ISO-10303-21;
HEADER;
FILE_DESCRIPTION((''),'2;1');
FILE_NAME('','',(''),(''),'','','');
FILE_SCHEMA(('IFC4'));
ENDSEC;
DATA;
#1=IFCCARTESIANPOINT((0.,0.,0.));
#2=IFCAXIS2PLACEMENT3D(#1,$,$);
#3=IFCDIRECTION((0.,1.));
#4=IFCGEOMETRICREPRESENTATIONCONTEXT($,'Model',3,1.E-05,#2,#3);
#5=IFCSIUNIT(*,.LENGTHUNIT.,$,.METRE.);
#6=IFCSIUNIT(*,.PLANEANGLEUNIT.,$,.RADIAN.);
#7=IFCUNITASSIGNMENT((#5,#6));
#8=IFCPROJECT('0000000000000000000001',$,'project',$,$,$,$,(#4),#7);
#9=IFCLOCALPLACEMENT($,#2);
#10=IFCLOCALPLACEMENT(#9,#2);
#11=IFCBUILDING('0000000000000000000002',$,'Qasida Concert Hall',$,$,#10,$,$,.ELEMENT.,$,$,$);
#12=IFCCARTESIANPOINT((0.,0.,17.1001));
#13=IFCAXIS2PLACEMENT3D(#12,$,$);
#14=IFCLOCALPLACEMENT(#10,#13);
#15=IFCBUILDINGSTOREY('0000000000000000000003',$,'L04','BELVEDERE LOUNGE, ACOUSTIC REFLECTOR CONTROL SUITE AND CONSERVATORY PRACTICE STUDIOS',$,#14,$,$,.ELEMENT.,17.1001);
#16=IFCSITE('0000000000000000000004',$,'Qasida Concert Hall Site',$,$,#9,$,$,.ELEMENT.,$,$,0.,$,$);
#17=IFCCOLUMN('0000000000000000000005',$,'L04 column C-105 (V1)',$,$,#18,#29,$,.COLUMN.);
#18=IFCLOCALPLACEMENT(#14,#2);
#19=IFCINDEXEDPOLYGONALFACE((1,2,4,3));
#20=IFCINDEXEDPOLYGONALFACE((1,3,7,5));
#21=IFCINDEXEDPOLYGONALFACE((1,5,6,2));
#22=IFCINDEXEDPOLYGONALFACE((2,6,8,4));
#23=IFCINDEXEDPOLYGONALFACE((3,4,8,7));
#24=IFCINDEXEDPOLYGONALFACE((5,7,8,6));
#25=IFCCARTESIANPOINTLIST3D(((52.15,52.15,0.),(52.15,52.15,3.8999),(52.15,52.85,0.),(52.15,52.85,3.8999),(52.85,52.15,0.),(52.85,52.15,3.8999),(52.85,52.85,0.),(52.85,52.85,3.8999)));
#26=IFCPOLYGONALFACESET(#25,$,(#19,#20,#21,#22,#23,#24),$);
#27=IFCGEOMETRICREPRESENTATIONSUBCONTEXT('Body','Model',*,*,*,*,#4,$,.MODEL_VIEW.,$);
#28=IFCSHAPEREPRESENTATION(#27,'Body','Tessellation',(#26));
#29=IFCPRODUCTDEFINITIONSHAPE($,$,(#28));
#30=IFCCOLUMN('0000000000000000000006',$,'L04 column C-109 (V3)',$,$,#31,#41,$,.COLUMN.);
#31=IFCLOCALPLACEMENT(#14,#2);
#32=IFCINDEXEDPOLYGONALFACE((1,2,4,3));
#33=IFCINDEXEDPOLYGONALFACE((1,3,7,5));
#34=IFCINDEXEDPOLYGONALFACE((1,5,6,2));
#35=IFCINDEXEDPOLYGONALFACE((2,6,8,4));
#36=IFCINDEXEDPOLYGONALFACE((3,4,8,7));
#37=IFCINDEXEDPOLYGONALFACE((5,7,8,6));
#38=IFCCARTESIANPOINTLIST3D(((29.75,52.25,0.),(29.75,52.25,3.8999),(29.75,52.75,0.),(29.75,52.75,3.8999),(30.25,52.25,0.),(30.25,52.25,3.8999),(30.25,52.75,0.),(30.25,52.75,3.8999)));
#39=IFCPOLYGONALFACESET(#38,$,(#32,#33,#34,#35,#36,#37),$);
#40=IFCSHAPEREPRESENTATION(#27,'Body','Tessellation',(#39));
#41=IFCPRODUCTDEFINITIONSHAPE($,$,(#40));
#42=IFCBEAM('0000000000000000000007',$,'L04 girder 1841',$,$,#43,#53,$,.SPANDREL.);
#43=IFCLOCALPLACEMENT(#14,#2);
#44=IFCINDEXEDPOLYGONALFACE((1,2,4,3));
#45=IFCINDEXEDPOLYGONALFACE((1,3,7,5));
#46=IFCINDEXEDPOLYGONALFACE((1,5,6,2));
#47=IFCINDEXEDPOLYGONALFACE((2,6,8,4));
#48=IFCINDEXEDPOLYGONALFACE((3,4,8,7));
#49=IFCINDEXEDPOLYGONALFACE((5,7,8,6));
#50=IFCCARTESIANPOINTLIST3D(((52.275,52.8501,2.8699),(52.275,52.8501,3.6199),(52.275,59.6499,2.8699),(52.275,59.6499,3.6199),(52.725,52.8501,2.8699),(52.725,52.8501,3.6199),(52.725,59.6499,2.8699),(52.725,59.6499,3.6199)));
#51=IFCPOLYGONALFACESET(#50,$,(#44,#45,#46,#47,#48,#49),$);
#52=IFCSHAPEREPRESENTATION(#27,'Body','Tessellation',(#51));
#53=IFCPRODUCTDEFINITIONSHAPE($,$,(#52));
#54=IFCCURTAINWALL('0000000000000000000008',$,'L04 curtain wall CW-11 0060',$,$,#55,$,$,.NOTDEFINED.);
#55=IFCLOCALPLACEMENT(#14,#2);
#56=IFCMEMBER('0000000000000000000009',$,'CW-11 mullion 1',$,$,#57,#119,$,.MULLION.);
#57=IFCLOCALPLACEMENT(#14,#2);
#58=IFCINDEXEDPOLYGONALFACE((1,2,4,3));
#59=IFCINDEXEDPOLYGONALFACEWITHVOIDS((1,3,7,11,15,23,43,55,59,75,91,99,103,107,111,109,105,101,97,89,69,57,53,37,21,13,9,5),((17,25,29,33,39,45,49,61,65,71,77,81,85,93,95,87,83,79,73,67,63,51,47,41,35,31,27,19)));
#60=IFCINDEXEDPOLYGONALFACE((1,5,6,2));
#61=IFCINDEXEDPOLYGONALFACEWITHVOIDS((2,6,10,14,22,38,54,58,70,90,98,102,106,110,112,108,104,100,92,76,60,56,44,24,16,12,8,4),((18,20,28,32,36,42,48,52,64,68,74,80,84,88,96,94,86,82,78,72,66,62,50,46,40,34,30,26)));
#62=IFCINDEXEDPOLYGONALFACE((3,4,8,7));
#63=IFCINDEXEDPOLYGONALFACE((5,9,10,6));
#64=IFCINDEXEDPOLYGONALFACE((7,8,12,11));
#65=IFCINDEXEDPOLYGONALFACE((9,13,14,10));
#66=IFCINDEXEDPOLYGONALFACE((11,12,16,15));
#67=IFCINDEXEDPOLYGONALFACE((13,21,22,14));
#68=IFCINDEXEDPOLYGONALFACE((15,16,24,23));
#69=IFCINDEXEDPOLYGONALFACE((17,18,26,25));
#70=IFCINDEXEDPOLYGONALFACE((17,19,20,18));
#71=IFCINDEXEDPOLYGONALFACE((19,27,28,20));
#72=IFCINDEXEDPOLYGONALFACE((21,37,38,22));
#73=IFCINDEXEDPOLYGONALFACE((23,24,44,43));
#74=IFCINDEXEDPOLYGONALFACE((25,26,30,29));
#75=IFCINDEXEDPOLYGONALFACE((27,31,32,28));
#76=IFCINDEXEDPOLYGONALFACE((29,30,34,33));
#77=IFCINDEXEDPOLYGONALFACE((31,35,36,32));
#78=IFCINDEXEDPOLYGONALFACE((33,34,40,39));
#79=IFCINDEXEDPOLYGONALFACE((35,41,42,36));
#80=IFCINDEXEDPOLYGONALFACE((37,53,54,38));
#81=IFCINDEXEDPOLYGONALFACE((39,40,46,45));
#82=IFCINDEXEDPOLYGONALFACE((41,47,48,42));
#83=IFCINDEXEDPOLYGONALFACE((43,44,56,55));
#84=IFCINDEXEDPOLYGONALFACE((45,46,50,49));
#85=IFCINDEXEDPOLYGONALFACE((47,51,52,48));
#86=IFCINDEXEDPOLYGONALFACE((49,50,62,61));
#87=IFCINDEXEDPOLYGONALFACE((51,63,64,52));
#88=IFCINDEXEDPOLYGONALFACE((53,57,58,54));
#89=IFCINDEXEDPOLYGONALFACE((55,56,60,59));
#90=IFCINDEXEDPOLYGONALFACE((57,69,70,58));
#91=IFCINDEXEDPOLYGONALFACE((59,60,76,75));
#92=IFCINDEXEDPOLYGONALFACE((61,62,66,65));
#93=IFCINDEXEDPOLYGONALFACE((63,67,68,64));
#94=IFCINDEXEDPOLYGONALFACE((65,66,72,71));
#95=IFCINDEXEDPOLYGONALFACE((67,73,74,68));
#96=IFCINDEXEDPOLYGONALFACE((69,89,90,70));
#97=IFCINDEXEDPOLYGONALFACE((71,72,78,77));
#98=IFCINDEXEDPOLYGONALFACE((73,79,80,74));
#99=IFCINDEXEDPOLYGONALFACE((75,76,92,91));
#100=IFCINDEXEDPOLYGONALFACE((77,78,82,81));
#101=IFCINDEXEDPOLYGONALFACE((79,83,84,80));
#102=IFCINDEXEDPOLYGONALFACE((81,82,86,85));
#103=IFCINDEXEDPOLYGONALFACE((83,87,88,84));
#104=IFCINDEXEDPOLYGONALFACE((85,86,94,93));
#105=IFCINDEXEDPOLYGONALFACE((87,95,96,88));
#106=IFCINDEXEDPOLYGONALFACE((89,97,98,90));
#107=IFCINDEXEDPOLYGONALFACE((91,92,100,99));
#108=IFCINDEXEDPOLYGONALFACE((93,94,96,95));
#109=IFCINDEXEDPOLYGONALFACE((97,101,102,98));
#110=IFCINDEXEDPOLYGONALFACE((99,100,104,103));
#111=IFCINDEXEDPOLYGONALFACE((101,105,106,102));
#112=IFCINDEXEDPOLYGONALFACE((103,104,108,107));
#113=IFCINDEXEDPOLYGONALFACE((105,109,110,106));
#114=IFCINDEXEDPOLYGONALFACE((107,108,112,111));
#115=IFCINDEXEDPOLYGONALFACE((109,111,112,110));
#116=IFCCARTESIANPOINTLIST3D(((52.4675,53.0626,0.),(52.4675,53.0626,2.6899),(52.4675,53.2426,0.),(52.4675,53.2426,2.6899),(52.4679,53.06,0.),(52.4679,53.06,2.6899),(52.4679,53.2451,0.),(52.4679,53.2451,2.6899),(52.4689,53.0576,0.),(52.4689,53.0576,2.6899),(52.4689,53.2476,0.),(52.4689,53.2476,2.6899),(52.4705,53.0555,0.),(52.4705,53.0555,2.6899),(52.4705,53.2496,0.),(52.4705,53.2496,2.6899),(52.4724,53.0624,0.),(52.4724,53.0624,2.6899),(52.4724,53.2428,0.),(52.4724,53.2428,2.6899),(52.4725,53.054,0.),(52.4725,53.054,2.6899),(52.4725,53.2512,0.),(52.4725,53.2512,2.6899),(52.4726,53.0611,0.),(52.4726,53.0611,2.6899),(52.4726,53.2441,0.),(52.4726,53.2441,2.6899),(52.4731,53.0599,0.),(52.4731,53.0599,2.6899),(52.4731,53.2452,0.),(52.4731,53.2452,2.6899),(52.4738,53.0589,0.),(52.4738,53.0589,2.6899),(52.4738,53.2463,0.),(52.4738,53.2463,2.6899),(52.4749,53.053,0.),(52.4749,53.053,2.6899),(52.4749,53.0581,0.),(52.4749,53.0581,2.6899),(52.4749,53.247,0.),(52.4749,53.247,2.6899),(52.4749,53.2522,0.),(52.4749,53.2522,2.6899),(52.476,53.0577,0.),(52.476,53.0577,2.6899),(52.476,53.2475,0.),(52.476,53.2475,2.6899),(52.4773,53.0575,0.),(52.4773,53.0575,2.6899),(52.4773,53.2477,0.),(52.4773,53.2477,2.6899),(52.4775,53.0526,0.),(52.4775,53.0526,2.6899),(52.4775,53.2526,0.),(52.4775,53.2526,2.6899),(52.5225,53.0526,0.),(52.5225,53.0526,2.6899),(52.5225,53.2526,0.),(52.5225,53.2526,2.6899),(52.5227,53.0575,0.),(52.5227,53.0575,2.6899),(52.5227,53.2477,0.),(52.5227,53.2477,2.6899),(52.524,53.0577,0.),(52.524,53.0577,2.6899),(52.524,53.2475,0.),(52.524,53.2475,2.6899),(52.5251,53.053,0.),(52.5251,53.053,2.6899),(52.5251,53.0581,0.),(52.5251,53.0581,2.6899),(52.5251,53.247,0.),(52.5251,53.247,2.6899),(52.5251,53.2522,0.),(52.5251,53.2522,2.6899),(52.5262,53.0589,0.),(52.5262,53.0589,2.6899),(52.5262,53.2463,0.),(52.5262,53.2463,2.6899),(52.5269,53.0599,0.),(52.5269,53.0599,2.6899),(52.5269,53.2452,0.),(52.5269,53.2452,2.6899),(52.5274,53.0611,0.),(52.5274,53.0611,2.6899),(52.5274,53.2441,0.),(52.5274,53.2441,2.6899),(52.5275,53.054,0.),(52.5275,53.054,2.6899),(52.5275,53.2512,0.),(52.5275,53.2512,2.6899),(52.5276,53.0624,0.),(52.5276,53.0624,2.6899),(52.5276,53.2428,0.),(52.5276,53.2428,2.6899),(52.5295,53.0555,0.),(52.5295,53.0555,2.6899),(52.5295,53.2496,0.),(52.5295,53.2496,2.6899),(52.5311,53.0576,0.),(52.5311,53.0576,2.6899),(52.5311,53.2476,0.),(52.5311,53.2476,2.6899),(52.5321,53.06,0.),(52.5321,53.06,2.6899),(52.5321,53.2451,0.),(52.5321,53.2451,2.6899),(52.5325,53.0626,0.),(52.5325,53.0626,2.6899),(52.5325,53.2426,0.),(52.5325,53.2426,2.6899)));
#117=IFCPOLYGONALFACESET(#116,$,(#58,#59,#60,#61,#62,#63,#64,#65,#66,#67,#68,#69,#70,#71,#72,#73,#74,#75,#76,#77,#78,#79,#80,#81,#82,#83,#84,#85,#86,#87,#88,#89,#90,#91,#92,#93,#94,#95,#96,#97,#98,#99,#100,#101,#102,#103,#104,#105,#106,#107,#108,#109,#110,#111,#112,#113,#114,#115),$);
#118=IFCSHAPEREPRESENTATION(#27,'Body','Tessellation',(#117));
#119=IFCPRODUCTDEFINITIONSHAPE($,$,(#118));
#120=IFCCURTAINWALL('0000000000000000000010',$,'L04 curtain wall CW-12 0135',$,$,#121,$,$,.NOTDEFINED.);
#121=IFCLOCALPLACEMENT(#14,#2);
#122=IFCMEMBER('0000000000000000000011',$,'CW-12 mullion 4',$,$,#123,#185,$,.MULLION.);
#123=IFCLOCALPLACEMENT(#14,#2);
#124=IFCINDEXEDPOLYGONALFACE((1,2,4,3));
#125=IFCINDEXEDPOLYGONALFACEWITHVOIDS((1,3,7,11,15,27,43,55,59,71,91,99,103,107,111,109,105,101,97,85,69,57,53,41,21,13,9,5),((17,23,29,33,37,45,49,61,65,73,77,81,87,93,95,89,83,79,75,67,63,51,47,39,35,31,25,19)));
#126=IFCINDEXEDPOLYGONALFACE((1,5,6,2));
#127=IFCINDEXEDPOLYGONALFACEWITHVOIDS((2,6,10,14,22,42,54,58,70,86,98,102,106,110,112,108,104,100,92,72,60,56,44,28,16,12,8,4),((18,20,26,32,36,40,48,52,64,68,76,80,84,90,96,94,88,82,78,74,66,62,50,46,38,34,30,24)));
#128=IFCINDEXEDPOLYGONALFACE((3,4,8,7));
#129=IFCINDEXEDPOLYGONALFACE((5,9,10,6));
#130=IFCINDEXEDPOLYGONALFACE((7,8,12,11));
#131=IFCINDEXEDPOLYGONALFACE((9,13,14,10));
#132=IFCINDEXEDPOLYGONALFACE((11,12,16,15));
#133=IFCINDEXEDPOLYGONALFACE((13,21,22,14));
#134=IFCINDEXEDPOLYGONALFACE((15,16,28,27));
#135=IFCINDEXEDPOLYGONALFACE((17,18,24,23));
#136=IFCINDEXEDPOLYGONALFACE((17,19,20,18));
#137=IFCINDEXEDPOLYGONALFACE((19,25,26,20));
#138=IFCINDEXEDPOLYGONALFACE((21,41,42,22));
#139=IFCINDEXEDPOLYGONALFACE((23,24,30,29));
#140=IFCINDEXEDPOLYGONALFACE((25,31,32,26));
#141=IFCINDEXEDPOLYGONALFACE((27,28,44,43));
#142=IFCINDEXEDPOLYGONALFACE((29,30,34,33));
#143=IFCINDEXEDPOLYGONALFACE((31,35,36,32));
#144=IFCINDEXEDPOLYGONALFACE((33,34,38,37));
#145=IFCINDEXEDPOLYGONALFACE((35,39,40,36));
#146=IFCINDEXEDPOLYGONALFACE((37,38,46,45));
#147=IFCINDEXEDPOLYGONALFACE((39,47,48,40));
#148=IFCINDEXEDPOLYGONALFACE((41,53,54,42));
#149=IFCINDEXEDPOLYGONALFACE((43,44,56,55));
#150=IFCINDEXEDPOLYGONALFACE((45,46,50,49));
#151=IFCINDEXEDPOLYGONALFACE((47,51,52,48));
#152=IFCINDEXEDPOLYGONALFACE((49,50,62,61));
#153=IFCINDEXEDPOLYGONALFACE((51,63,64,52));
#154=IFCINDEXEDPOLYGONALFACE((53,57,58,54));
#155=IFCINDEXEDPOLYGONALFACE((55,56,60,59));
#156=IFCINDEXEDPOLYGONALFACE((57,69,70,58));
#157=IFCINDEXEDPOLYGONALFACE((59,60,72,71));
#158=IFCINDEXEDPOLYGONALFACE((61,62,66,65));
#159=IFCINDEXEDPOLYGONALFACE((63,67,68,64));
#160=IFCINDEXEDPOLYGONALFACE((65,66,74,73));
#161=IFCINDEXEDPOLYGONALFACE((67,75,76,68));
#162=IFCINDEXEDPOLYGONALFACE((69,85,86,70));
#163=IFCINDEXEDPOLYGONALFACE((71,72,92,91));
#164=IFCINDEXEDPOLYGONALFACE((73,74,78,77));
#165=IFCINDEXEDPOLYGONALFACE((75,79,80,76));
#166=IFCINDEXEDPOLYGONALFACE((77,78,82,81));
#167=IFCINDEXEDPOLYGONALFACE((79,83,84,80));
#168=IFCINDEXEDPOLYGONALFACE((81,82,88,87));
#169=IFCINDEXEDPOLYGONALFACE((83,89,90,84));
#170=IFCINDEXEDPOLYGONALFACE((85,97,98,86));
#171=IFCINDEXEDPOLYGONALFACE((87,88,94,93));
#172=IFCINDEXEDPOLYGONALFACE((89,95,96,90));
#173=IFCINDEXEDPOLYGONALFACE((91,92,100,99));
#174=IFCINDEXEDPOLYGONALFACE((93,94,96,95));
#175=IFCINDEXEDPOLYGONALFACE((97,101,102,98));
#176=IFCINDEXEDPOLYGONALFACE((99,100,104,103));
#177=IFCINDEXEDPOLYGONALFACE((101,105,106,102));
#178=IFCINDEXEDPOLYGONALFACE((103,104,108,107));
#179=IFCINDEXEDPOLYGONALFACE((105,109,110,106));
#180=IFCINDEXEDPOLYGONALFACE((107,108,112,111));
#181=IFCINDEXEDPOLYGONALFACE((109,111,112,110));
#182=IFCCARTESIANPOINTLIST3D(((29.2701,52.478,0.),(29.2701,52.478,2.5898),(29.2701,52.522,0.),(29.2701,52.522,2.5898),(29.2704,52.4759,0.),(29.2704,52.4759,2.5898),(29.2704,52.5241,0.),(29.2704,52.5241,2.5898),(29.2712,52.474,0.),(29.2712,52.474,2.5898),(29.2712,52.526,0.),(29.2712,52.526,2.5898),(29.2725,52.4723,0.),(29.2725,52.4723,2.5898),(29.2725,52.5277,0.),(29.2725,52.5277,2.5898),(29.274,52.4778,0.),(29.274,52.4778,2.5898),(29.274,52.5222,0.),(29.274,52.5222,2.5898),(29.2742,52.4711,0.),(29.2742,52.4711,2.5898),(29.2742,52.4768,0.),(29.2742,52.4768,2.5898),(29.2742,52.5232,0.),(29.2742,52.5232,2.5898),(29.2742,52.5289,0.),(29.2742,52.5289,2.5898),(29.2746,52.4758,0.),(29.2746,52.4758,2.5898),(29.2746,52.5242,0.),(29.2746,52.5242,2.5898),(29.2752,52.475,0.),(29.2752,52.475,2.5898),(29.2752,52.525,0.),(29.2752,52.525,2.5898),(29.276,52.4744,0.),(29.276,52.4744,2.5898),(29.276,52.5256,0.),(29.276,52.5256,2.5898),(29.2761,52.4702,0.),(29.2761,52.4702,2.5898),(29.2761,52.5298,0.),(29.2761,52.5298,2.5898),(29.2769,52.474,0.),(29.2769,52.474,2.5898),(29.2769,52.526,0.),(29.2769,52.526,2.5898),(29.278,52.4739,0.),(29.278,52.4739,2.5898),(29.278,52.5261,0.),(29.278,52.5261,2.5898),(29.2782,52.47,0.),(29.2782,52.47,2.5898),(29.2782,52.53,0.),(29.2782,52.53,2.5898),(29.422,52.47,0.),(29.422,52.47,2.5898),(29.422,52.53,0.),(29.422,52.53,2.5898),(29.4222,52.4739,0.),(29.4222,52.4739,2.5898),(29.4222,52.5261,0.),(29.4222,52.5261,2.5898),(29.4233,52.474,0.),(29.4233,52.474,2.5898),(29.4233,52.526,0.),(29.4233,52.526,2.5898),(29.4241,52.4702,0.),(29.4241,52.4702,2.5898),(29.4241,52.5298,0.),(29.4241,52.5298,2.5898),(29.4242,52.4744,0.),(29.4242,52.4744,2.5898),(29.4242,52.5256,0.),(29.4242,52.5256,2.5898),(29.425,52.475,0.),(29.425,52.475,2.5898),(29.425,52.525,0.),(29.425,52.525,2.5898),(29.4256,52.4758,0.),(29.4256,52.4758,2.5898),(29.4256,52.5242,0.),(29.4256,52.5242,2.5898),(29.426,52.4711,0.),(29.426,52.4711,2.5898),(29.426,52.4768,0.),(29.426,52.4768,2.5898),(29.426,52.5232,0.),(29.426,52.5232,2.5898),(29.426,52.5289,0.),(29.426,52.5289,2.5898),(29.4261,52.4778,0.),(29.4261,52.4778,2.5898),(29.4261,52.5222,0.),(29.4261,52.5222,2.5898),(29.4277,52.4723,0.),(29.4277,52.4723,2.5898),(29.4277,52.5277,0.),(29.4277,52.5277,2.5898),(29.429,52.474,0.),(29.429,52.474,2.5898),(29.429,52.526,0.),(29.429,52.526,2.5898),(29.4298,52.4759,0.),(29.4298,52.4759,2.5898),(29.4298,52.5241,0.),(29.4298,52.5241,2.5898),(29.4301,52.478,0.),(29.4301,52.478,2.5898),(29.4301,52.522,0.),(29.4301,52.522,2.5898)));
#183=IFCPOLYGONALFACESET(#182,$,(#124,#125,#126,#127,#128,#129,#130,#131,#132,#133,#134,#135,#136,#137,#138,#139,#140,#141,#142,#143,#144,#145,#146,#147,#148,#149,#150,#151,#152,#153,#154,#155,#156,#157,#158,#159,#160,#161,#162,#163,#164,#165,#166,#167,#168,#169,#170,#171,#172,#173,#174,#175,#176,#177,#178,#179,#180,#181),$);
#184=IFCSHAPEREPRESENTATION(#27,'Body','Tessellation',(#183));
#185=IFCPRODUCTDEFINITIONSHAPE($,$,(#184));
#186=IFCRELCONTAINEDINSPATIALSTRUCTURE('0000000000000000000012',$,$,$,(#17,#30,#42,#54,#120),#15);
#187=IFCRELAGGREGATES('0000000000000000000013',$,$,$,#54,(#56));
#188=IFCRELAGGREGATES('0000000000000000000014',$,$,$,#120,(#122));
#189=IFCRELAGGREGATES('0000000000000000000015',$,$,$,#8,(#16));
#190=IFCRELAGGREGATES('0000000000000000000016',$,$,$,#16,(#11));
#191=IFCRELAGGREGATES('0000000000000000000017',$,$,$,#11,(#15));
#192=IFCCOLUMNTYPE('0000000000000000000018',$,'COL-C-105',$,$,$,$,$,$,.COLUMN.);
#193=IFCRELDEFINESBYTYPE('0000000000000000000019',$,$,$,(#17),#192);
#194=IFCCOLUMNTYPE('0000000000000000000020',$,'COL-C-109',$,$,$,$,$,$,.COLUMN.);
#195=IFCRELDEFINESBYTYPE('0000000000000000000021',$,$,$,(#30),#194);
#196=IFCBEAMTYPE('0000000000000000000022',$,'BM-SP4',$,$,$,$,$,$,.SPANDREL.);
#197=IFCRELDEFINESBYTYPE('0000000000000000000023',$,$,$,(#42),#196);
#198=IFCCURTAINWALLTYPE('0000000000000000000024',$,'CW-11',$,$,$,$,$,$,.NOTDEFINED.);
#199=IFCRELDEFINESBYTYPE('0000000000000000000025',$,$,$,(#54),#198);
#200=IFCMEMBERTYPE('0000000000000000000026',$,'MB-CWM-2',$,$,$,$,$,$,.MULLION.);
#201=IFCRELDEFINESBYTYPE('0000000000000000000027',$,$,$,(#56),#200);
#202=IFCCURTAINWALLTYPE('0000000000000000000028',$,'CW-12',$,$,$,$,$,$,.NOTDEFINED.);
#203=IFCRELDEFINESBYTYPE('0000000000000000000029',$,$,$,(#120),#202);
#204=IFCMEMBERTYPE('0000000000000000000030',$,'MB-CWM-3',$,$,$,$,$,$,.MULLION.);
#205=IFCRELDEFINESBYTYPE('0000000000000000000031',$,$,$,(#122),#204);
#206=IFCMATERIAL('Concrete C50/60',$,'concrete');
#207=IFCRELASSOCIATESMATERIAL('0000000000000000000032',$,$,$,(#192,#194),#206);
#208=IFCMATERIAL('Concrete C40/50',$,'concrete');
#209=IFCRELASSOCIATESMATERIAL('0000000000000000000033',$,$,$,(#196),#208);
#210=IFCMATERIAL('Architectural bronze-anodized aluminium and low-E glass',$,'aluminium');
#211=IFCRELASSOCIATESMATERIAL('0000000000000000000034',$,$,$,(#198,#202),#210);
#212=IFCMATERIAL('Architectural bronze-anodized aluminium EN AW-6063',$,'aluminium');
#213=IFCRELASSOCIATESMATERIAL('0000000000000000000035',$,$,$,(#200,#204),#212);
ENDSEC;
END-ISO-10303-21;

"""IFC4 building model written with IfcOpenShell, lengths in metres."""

from ifc_helpers import new_model, si_unit, direction, frame, origin, origin_2d, place, context, subcontext, project, spatial, rectangle, hollow_rectangle, extrude, material, material_profile, profile_set, type_object, element, aggregate, save


model = new_model("IFC4")

# Units and contexts
model_context = context("Model", 3, precision=1e-05, world=origin(), true_north=direction((0.0, 1.0)))
body_context = subcontext(model_context, "Body", "Model", "MODEL_VIEW")
ifc_project = project(units=[si_unit("LENGTHUNIT", "METRE"), si_unit("PLANEANGLEUNIT", "RADIAN")], contexts=[model_context])

# Site, building, storey
site_placement = place(None, origin())
site = spatial("IfcSite", under=ifc_project, at=site_placement, Name="Qasida Concert Hall Site", CompositionType="ELEMENT", RefElevation=0.0)
building_placement = place(site_placement, origin())
building = spatial("IfcBuilding", under=site, at=building_placement, Name="Qasida Concert Hall", CompositionType="ELEMENT")
storey_placement = place(building_placement, frame((0.0, 0.0, 17.1001)))
storey = spatial("IfcBuildingStorey", under=building, at=storey_placement, Name="L04", Description="BELVEDERE LOUNGE, ACOUSTIC REFLECTOR CONTROL SUITE AND CONSERVATORY PRACTICE STUDIOS", CompositionType="ELEMENT", Elevation=17.1001)

# Columns
ifc_material_1 = material(Name="Concrete C50/60", Category="concrete")
ifc_material_profile_1 = material_profile(ifc_material_1, rectangle(XDim=0.7, YDim=0.7, at=origin_2d()), Name="RC 700x700")
ifc_profile_set_1 = profile_set([ifc_material_profile_1], Name="Concrete C50/60")
column_type_1 = type_object("IfcColumnType", Name="COL-C-105", PredefinedType="COLUMN", material=ifc_profile_set_1)
column_1_placement = place(storey_placement, frame((52.5, 52.5, 0.0), z_axis=(0.0, 0.0, 1.0), x_axis=(1.0, 0.0, 0.0)))
element("IfcColumn", 1, at=column_1_placement, inside=storey, type_object=column_type_1, Name="L04 column C-105 (V1)", PredefinedType="COLUMN", context=body_context, shape_type="SweptSolid", body=[
    extrude(rectangle(XDim=0.7, YDim=0.7, at=origin_2d()), origin(), (0.0, 0.0, 1.0), 3.8999),
])
ifc_material_profile_2 = material_profile(ifc_material_1, rectangle(XDim=0.5, YDim=0.5, at=origin_2d()), Name="RC 500x500")
ifc_profile_set_2 = profile_set([ifc_material_profile_2], Name="Concrete C50/60")
column_type_2 = type_object("IfcColumnType", Name="COL-C-109", PredefinedType="COLUMN", material=ifc_profile_set_2)
column_2_placement = place(storey_placement, frame((30.0, 52.5, 0.0), z_axis=(0.0, 0.0, 1.0), x_axis=(1.0, 0.0, 0.0)))
element("IfcColumn", 2, at=column_2_placement, inside=storey, type_object=column_type_2, Name="L04 column C-109 (V3)", PredefinedType="COLUMN", context=body_context, shape_type="SweptSolid", body=[
    extrude(rectangle(XDim=0.5, YDim=0.5, at=origin_2d()), origin(), (0.0, 0.0, 1.0), 3.8999),
])

# Beam
ifc_material_2 = material(Name="Concrete C40/50", Category="concrete")
ifc_material_profile_3 = material_profile(ifc_material_2, rectangle(XDim=0.45, YDim=0.75, at=origin_2d()), Name="RC 450x750")
ifc_profile_set_3 = profile_set([ifc_material_profile_3], Name="Concrete C40/50")
beam_type = type_object("IfcBeamType", Name="BM-SP4", PredefinedType="SPANDREL", material=ifc_profile_set_3)
beam_placement = place(storey_placement, frame((52.5, 52.8501, 3.2449), z_axis=(0.0, 1.0, 0.0), x_axis=(-1.0, 0.0, 0.0)))
element("IfcBeam", 3, at=beam_placement, inside=storey, type_object=beam_type, Name="L04 girder 1841", PredefinedType="SPANDREL", context=body_context, shape_type="SweptSolid", body=[
    extrude(rectangle(XDim=0.45, YDim=0.75, at=origin_2d()), origin(), (0.0, 0.0, 1.0), 6.7998),
])

# Curtain walls, members
ifc_material_3 = material(Name="Architectural bronze-anodized aluminium and low-E glass", Category="aluminium")
curtain_wall_type_1 = type_object("IfcCurtainWallType", Name="CW-11", PredefinedType="NOTDEFINED", material=ifc_material_3)
curtain_wall_1_placement = place(storey_placement, origin())
curtain_wall_1 = element("IfcCurtainWall", 4, at=curtain_wall_1_placement, inside=storey, type_object=curtain_wall_type_1, Name="L04 curtain wall CW-11 0060", PredefinedType="NOTDEFINED")
ifc_material_4 = material(Name="Architectural bronze-anodized aluminium EN AW-6063", Category="aluminium")
ifc_material_profile_4 = material_profile(ifc_material_4, hollow_rectangle(XDim=0.0649, YDim=0.2, WallThickness=0.0049, InnerFilletRadius=0.0049, OuterFilletRadius=0.01, at=origin_2d()), Name="CWM 200x65x5")
ifc_profile_set_4 = profile_set([ifc_material_profile_4], Name="Architectural bronze-anodized aluminium EN AW-6063")
member_type_1 = type_object("IfcMemberType", Name="MB-CWM-2", PredefinedType="MULLION", material=ifc_profile_set_4)
member_1_placement = place(storey_placement, frame((52.5, 53.1526, 0.0), z_axis=(0.0, 0.0, 1.0), x_axis=(-1.0, 0.0, 0.0)))
member_1 = element("IfcMember", 5, at=member_1_placement, type_object=member_type_1, Name="CW-11 mullion 1", PredefinedType="MULLION", context=body_context, shape_type="SweptSolid", body=[
    extrude(hollow_rectangle(XDim=0.0649, YDim=0.2, WallThickness=0.0049, InnerFilletRadius=0.0049, OuterFilletRadius=0.01, at=origin_2d()), origin(), (0.0, 0.0, 1.0), 2.6899),
])
curtain_wall_type_2 = type_object("IfcCurtainWallType", Name="CW-12", PredefinedType="NOTDEFINED", material=ifc_material_3)
curtain_wall_2_placement = place(storey_placement, origin())
curtain_wall_2 = element("IfcCurtainWall", 6, at=curtain_wall_2_placement, inside=storey, type_object=curtain_wall_type_2, Name="L04 curtain wall CW-12 0135", PredefinedType="NOTDEFINED")
ifc_material_profile_5 = material_profile(ifc_material_4, hollow_rectangle(XDim=0.0601, YDim=0.1599, WallThickness=0.0039, InnerFilletRadius=0.0039, OuterFilletRadius=0.0081, at=origin_2d()), Name="CWM 160x60x4")
ifc_profile_set_5 = profile_set([ifc_material_profile_5], Name="Architectural bronze-anodized aluminium EN AW-6063")
member_type_2 = type_object("IfcMemberType", Name="MB-CWM-3", PredefinedType="MULLION", material=ifc_profile_set_5)
member_2_placement = place(storey_placement, frame((29.3501, 52.5, 0.0), z_axis=(0.0, 0.0, 1.0), x_axis=(0.0, 1.0, 0.0)))
member_2 = element("IfcMember", 7, at=member_2_placement, type_object=member_type_2, Name="CW-12 mullion 4", PredefinedType="MULLION", context=body_context, shape_type="SweptSolid", body=[
    extrude(hollow_rectangle(XDim=0.0601, YDim=0.1599, WallThickness=0.0039, InnerFilletRadius=0.0039, OuterFilletRadius=0.0081, at=origin_2d()), origin(), (0.0, 0.0, 1.0), 2.5898),
])

aggregate(curtain_wall_1, [member_1])

aggregate(curtain_wall_2, [member_2])

save(model, "model.ifc")
